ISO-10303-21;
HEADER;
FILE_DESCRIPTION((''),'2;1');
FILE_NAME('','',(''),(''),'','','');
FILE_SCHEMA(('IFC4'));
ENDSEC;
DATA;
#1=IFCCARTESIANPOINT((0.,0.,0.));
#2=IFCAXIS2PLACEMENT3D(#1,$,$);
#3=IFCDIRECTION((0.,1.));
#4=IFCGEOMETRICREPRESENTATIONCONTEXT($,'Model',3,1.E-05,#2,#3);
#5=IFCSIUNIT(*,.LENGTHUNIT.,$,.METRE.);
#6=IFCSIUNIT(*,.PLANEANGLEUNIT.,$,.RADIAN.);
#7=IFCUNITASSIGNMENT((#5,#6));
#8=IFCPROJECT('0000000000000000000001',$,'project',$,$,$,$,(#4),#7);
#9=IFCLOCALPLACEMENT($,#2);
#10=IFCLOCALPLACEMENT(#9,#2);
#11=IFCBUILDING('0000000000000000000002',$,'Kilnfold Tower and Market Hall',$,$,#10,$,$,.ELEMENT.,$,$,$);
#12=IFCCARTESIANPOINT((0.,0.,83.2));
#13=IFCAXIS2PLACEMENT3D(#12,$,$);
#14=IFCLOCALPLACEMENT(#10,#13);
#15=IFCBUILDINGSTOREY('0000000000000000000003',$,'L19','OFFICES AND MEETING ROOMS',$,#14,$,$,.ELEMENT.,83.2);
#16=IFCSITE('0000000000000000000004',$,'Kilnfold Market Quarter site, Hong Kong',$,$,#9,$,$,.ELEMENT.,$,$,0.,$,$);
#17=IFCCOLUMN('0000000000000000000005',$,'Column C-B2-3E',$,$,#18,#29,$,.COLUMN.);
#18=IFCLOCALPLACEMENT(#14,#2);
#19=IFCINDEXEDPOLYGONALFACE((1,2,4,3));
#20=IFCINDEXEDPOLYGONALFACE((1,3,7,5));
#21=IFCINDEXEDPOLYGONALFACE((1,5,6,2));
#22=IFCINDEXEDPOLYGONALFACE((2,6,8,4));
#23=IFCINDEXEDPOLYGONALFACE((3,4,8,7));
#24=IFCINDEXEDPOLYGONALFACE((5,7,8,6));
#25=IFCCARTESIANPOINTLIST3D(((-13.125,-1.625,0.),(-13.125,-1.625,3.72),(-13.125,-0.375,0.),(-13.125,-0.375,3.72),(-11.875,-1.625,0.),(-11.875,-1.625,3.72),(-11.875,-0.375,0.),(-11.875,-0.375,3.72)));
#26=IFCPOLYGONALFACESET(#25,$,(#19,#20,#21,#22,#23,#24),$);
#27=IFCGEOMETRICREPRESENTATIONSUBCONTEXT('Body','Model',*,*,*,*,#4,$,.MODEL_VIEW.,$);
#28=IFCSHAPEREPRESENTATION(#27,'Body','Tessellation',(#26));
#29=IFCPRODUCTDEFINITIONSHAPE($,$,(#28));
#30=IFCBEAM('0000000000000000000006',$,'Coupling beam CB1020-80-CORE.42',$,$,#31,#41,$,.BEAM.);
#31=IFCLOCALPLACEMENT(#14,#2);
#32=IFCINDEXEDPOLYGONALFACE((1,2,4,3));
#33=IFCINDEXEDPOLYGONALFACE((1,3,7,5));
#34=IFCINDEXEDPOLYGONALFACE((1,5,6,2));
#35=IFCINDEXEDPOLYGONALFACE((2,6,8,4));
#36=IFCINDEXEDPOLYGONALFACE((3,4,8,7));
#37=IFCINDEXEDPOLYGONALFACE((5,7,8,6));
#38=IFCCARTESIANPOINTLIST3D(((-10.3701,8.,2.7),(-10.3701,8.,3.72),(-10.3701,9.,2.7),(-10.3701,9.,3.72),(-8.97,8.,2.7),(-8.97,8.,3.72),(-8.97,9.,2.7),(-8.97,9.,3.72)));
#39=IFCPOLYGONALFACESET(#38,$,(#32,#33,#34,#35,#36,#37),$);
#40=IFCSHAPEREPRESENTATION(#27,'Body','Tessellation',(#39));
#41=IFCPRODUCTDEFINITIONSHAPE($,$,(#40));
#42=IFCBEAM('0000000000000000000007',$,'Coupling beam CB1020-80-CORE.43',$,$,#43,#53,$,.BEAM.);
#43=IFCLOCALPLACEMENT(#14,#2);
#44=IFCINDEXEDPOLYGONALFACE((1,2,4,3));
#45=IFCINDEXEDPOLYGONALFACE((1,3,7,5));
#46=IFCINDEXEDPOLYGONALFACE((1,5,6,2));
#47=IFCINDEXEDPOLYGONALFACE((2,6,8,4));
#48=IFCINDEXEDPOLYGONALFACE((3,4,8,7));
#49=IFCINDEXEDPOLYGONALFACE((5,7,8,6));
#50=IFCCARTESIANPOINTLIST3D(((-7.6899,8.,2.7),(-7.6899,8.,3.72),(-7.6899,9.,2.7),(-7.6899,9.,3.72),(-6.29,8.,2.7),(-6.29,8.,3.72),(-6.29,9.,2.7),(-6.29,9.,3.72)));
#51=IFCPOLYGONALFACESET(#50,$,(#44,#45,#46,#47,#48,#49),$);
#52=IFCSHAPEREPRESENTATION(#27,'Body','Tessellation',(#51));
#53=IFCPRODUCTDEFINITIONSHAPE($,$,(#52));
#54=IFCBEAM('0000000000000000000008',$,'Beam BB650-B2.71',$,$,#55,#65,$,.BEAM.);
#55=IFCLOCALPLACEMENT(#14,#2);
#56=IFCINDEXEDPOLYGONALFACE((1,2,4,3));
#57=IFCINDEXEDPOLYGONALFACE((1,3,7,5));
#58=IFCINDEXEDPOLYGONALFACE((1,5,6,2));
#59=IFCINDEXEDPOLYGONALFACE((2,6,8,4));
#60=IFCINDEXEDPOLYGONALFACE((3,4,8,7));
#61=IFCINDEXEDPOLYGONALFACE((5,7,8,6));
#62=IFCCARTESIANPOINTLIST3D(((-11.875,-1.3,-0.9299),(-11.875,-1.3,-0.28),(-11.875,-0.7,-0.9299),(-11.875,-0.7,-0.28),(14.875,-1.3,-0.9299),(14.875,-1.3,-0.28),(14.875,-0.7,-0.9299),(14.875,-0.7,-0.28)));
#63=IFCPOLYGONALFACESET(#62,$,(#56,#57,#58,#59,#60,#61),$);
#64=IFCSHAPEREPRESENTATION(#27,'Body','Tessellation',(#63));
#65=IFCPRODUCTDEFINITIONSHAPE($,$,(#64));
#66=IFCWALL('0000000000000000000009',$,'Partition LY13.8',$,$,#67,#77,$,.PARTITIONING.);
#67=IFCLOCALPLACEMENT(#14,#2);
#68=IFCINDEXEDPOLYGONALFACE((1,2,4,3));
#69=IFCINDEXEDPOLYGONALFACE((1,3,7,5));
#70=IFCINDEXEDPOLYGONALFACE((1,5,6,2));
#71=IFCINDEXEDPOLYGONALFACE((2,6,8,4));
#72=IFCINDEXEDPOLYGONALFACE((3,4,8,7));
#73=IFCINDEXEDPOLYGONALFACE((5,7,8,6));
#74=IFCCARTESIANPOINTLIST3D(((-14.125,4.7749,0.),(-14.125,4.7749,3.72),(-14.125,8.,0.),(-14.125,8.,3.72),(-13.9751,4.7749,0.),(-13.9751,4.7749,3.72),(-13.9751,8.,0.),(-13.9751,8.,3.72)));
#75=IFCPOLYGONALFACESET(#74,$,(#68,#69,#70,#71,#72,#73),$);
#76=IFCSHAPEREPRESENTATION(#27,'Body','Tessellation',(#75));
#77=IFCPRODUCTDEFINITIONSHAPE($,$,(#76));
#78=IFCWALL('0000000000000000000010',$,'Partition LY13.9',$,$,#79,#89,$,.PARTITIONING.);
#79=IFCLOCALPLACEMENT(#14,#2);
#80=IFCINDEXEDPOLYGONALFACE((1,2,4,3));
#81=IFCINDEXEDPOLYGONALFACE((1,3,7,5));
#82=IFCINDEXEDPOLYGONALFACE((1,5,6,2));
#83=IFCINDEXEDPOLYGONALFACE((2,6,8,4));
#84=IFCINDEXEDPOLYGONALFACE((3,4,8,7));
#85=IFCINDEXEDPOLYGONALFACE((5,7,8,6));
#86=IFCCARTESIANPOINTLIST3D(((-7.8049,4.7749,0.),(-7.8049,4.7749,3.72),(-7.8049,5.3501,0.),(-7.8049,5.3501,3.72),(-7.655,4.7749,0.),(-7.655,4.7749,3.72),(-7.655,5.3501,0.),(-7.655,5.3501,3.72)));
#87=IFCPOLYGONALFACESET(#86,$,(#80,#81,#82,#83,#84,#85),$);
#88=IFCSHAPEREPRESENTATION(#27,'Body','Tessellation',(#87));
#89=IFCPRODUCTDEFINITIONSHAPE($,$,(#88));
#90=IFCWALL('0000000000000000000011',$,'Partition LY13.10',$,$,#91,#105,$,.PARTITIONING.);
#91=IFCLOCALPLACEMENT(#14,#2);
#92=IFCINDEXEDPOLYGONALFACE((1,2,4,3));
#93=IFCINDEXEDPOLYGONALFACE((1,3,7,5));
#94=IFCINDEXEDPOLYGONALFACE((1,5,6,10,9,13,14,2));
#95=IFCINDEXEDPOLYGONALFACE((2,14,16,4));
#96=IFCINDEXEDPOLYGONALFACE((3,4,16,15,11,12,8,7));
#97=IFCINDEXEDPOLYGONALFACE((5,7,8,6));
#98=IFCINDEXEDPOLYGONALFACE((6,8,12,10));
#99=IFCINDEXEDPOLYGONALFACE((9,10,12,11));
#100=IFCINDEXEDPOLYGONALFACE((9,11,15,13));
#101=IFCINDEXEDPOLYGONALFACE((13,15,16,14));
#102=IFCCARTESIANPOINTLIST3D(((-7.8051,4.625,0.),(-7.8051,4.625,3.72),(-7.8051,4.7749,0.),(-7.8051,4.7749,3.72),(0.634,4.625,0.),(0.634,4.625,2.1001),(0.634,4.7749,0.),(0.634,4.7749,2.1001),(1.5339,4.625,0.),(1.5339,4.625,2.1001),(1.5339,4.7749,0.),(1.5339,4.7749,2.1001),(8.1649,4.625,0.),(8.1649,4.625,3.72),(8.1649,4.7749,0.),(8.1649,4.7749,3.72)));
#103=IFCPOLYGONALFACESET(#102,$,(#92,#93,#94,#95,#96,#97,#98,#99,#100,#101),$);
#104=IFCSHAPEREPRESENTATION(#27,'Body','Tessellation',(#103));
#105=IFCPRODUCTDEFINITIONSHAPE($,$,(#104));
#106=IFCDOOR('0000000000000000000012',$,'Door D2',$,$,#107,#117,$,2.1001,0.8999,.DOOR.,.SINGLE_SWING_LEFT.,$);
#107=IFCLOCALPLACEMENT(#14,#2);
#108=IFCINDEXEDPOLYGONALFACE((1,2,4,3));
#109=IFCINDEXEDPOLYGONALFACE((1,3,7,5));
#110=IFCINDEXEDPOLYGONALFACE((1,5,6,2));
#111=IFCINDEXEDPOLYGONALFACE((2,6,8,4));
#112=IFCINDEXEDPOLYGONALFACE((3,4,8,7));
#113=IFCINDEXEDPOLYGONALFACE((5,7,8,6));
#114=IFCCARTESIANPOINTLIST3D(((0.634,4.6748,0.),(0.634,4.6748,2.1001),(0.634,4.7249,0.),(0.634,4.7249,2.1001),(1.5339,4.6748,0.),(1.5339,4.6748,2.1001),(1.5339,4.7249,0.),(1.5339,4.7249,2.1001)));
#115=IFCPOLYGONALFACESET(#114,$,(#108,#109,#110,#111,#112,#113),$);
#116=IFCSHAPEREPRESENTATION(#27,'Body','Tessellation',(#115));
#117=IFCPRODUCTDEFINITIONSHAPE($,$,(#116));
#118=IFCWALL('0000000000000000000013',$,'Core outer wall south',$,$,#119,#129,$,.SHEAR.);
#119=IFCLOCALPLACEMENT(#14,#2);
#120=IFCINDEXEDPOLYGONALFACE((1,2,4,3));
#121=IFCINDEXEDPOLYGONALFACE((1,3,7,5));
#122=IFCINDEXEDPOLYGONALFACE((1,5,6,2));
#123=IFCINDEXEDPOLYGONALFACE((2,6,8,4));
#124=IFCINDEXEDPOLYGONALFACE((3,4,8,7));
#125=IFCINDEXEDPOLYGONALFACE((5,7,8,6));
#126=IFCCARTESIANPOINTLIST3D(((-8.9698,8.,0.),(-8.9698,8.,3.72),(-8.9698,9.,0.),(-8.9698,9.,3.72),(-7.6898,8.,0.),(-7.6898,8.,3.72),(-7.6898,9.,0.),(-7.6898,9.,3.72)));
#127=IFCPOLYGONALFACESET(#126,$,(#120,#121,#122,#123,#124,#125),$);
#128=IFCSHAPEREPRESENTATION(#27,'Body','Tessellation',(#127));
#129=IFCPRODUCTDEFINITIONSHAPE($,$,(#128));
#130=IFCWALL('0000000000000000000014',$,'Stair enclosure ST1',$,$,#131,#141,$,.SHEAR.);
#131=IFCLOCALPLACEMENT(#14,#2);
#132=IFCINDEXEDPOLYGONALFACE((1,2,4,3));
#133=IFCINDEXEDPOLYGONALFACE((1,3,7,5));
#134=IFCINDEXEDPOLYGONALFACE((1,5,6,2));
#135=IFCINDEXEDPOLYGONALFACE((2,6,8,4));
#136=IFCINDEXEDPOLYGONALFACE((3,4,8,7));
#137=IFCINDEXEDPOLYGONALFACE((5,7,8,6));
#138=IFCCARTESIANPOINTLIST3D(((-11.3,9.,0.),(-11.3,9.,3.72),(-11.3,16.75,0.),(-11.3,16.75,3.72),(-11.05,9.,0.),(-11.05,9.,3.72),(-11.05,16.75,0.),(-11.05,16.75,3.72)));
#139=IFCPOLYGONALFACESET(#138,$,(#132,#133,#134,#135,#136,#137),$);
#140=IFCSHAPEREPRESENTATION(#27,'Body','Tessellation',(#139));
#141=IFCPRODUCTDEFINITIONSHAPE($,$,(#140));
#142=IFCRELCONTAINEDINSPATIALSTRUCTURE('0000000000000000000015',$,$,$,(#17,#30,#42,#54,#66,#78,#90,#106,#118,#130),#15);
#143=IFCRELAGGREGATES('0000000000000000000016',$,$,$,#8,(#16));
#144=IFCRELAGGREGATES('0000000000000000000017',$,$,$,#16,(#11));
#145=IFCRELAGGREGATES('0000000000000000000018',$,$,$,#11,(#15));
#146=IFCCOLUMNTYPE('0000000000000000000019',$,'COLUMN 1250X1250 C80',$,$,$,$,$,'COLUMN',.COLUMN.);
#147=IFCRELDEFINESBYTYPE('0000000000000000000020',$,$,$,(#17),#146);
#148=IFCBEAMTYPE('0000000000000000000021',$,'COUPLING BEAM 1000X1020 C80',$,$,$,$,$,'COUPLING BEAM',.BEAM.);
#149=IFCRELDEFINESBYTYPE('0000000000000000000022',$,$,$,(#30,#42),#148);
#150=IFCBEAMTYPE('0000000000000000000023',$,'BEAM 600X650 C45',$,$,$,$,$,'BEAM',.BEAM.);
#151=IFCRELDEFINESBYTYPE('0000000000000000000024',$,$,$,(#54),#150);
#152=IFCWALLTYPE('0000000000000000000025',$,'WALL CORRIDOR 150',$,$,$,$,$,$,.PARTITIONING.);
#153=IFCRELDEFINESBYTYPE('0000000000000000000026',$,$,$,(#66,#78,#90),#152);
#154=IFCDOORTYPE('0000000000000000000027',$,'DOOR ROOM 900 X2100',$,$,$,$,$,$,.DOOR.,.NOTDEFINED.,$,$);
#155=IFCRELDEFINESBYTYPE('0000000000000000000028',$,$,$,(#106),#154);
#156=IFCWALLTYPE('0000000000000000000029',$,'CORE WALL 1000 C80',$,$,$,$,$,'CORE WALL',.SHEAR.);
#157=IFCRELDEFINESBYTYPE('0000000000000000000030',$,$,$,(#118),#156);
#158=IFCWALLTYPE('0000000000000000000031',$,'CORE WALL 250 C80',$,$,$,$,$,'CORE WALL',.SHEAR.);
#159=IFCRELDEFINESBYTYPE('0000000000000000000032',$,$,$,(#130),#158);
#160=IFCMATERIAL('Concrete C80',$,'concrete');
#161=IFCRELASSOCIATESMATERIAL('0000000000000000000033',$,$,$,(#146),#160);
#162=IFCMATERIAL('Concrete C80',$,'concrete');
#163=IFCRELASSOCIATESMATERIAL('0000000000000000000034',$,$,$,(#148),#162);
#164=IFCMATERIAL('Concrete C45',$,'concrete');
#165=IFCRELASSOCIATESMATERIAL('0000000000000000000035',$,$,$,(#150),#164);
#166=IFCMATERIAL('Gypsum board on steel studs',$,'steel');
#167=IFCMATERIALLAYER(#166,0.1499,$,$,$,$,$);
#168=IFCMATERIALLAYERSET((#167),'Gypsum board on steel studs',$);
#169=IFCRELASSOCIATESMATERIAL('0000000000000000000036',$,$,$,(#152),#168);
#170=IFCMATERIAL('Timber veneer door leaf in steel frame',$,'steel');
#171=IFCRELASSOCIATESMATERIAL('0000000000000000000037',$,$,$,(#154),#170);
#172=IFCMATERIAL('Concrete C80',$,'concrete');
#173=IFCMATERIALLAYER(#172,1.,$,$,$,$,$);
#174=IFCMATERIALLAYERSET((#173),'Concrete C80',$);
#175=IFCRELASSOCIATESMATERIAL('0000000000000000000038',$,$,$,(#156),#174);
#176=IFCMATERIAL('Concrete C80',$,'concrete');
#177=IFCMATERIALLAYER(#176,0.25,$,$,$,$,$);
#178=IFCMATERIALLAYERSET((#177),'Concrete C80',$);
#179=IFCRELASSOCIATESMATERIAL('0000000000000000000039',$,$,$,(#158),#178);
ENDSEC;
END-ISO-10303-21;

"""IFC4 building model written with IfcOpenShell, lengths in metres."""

from ifc_helpers import new_model, si_unit, direction, frame, frame_2d, origin, origin_2d, place, context, subcontext, project, spatial, rectangle, extrude, source, transform, mapped, material, layer, layer_set, material_profile, profile_set, type_object, element, fill, save


model = new_model("IFC4")

# Units and contexts
model_context = context("Model", 3, precision=1e-05, world=origin(), true_north=direction((0.0, 1.0)))
body_context = subcontext(model_context, "Body", "Model", "MODEL_VIEW")
ifc_project = project(units=[si_unit("LENGTHUNIT", "METRE"), si_unit("PLANEANGLEUNIT", "RADIAN")], contexts=[model_context])

# Site, building, storey
site_placement = place(None, origin())
site = spatial("IfcSite", under=ifc_project, at=site_placement, Name="Kilnfold Market Quarter site, Hong Kong", CompositionType="ELEMENT", RefElevation=0.0)
building_placement = place(site_placement, origin())
building = spatial("IfcBuilding", under=site, at=building_placement, Name="Kilnfold Tower and Market Hall", CompositionType="ELEMENT")
storey_placement = place(building_placement, frame((0.0, 0.0, 83.2)))
storey = spatial("IfcBuildingStorey", under=building, at=storey_placement, Name="L19", Description="OFFICES AND MEETING ROOMS", CompositionType="ELEMENT", Elevation=83.2)

# Column
ifc_material_1 = material(Name="Concrete C80", Category="concrete")
ifc_material_profile_1 = material_profile(ifc_material_1, rectangle(XDim=1.25, YDim=1.25, at=origin_2d()), Name="RC 1250x1250")
ifc_profile_set_1 = profile_set([ifc_material_profile_1], Name="Concrete C80")
column_type = type_object("IfcColumnType", Name="COLUMN 1250X1250 C80", ElementType="COLUMN", PredefinedType="COLUMN", material=ifc_profile_set_1)
shared_shape_1 = source(origin(), body_context, "Body", "SweptSolid", [
    extrude(rectangle(XDim=1.25, YDim=1.25, at=origin_2d()), origin(), (0.0, 0.0, 1.0), 3.72),
])
column_placement = place(storey_placement, frame((-12.5, -1.0, 0.0), z_axis=(0.0, 0.0, 1.0), x_axis=(1.0, 0.0, 0.0)))
element("IfcColumn", 1, at=column_placement, inside=storey, type_object=column_type, Name="Column C-B2-3E", PredefinedType="COLUMN", context=body_context, shape_type="MappedRepresentation", body=[
    mapped(shared_shape_1, transform((0.0, 0.0, 0.0))),
])

# Beams
ifc_material_2 = material(Name="Concrete C80", Category="concrete")
ifc_material_profile_2 = material_profile(ifc_material_2, rectangle(XDim=1.0, YDim=1.02, at=origin_2d()), Name="RC 1000x1020")
ifc_profile_set_2 = profile_set([ifc_material_profile_2], Name="Concrete C80")
beam_type_1 = type_object("IfcBeamType", Name="COUPLING BEAM 1000X1020 C80", ElementType="COUPLING BEAM", PredefinedType="BEAM", material=ifc_profile_set_2)
shared_shape_2 = source(origin(), body_context, "Body", "SweptSolid", [
    extrude(rectangle(XDim=1.0, YDim=1.02, at=origin_2d()), origin(), (0.0, 0.0, 1.0), 1.4001),
])
beam_1_placement = place(storey_placement, frame((-10.3701, 8.5, 3.21), z_axis=(1.0, 0.0, 0.0), x_axis=(0.0, 1.0, 0.0)))
element("IfcBeam", 2, at=beam_1_placement, inside=storey, type_object=beam_type_1, Name="Coupling beam CB1020-80-CORE.42", PredefinedType="BEAM", context=body_context, shape_type="MappedRepresentation", body=[
    mapped(shared_shape_2, transform((0.0, 0.0, 0.0))),
])
shared_shape_3 = source(origin(), body_context, "Body", "SweptSolid", [
    extrude(rectangle(XDim=1.0, YDim=1.02, at=origin_2d()), origin(), (0.0, 0.0, 1.0), 1.3999),
])
beam_2_placement = place(storey_placement, frame((-7.6899, 8.5, 3.21), z_axis=(1.0, 0.0, 0.0), x_axis=(0.0, 1.0, 0.0)))
element("IfcBeam", 3, at=beam_2_placement, inside=storey, type_object=beam_type_1, Name="Coupling beam CB1020-80-CORE.43", PredefinedType="BEAM", context=body_context, shape_type="MappedRepresentation", body=[
    mapped(shared_shape_3, transform((0.0, 0.0, 0.0))),
])
ifc_material_3 = material(Name="Concrete C45", Category="concrete")
ifc_material_profile_3 = material_profile(ifc_material_3, rectangle(XDim=0.6001, YDim=0.6499, at=origin_2d()), Name="RC 600x650")
ifc_profile_set_3 = profile_set([ifc_material_profile_3], Name="Concrete C45")
beam_type_2 = type_object("IfcBeamType", Name="BEAM 600X650 C45", ElementType="BEAM", PredefinedType="BEAM", material=ifc_profile_set_3)
shared_shape_4 = source(origin(), body_context, "Body", "SweptSolid", [
    extrude(rectangle(XDim=0.6001, YDim=0.6499, at=origin_2d()), origin(), (0.0, 0.0, 1.0), 26.75),
])
beam_3_placement = place(storey_placement, frame((-11.875, -1.0, -0.605), z_axis=(1.0, 0.0, 0.0), x_axis=(0.0, 1.0, 0.0)))
element("IfcBeam", 4, at=beam_3_placement, inside=storey, type_object=beam_type_2, Name="Beam BB650-B2.71", PredefinedType="BEAM", context=body_context, shape_type="MappedRepresentation", body=[
    mapped(shared_shape_4, transform((0.0, 0.0, 0.0))),
])

# Walls
ifc_material_4 = material(Name="Gypsum board on steel studs", Category="steel")
ifc_layer_1 = layer(ifc_material_4, 0.1499)
ifc_layer_set_1 = layer_set([ifc_layer_1], Name="Gypsum board on steel studs")
wall_type_1 = type_object("IfcWallType", Name="WALL CORRIDOR 150", PredefinedType="PARTITIONING", material=ifc_layer_set_1)
wall_1_placement = place(storey_placement, frame((-14.05, 8.0, 0.0), z_axis=(0.0, 0.0, 1.0), x_axis=(0.0, -1.0, 0.0)))
element("IfcWall", 5, at=wall_1_placement, inside=storey, type_object=wall_type_1, Name="Partition LY13.8", PredefinedType="PARTITIONING", context=body_context, shape_type="SweptSolid", body=[
    extrude(rectangle(XDim=3.2251, YDim=0.1499, at=frame_2d((1.6125, 0.0))), origin(), (0.0, 0.0, 1.0), 3.72),
])
wall_2_placement = place(storey_placement, frame((-7.73, 4.7749, 0.0), z_axis=(0.0, 0.0, 1.0), x_axis=(0.0, 1.0, 0.0)))
element("IfcWall", 6, at=wall_2_placement, inside=storey, type_object=wall_type_1, Name="Partition LY13.9", PredefinedType="PARTITIONING", context=body_context, shape_type="SweptSolid", body=[
    extrude(rectangle(XDim=0.5752, YDim=0.1499, at=frame_2d((0.2876, 0.0))), origin(), (0.0, 0.0, 1.0), 3.72),
])

# Wall, opening, door
wall_3_placement = place(storey_placement, frame((-7.8049, 4.7, 0.0), z_axis=(0.0, 0.0, 1.0), x_axis=(1.0, 0.0, 0.0)))
wall_3 = element("IfcWall", 7, at=wall_3_placement, inside=storey, type_object=wall_type_1, Name="Partition LY13.10", PredefinedType="PARTITIONING", context=body_context, shape_type="SweptSolid", body=[
    extrude(rectangle(XDim=15.97, YDim=0.1499, at=frame_2d((7.9849, 0.0))), origin(), (0.0, 0.0, 1.0), 3.72),
])
opening_1_placement = place(wall_3_placement, frame((8.439, 0.0, 0.0)))
opening_1 = element("IfcOpeningElement", 8, at=opening_1_placement, cuts=wall_3, PredefinedType="OPENING", context=body_context, shape_type="SweptSolid", body=[
    extrude(rectangle(XDim=0.8999, YDim=2.1001, at=frame_2d((0.45, 1.05))), frame((0.0, 0.085, 0.0), z_axis=(0.0, -1.0, 0.0), x_axis=(1.0, 0.0, 0.0)), (0.0, 0.0, 1.0), 0.1699),
])
ifc_material_5 = material(Name="Timber veneer door leaf in steel frame", Category="steel")
door_type_1 = type_object("IfcDoorType", Name="DOOR ROOM 900 X2100", OperationType="NOTDEFINED", PredefinedType="DOOR", material=ifc_material_5)
door_1_placement = place(opening_1_placement, origin())
door_1 = element("IfcDoor", 9, at=door_1_placement, inside=storey, type_object=door_type_1, Name="Door D2", OperationType="SINGLE_SWING_LEFT", OverallHeight=2.1001, OverallWidth=0.8999, PredefinedType="DOOR", context=body_context, shape_type="SweptSolid", body=[
    extrude(rectangle(XDim=0.8999, YDim=2.1001, at=frame_2d((0.45, 1.05))), frame((0.0, 0.0249, 0.0), z_axis=(0.0, -1.0, 0.0), x_axis=(1.0, 0.0, 0.0)), (0.0, 0.0, 1.0), 0.05),
])
fill(opening_1, door_1)

# Walls
ifc_material_6 = material(Name="Concrete C80", Category="concrete")
ifc_layer_2 = layer(ifc_material_6, 1.0)
ifc_layer_set_2 = layer_set([ifc_layer_2], Name="Concrete C80")
wall_type_2 = type_object("IfcWallType", Name="CORE WALL 1000 C80", ElementType="CORE WALL", PredefinedType="SHEAR", material=ifc_layer_set_2)
shared_shape_5 = source(origin(), body_context, "Body", "SweptSolid", [
    extrude(rectangle(XDim=1.28, YDim=1.0, at=frame_2d((0.6401, 0.0))), origin(), (0.0, 0.0, 1.0), 3.72),
])
wall_4_placement = place(storey_placement, frame((-8.97, 8.5, 0.0), z_axis=(0.0, 0.0, 1.0), x_axis=(1.0, 0.0, 0.0)))
element("IfcWall", 10, at=wall_4_placement, inside=storey, type_object=wall_type_2, Name="Core outer wall south", PredefinedType="SHEAR", context=body_context, shape_type="MappedRepresentation", body=[
    mapped(shared_shape_5, transform((0.0, 0.0, 0.0))),
])
ifc_material_7 = material(Name="Concrete C80", Category="concrete")
ifc_layer_3 = layer(ifc_material_7, 0.25)
ifc_layer_set_3 = layer_set([ifc_layer_3], Name="Concrete C80")
wall_type_3 = type_object("IfcWallType", Name="CORE WALL 250 C80", ElementType="CORE WALL", PredefinedType="SHEAR", material=ifc_layer_set_3)
shared_shape_6 = source(origin(), body_context, "Body", "SweptSolid", [
    extrude(rectangle(XDim=7.75, YDim=0.25, at=frame_2d((3.875, 0.0))), origin(), (0.0, 0.0, 1.0), 3.72),
])
wall_5_placement = place(storey_placement, frame((-11.175, 9.0, 0.0), z_axis=(0.0, 0.0, 1.0), x_axis=(0.0, 1.0, 0.0)))
element("IfcWall", 11, at=wall_5_placement, inside=storey, type_object=wall_type_3, Name="Stair enclosure ST1", PredefinedType="SHEAR", context=body_context, shape_type="MappedRepresentation", body=[
    mapped(shared_shape_6, transform((0.0, 0.0, 0.0))),
])

save(model, "model.ifc")
